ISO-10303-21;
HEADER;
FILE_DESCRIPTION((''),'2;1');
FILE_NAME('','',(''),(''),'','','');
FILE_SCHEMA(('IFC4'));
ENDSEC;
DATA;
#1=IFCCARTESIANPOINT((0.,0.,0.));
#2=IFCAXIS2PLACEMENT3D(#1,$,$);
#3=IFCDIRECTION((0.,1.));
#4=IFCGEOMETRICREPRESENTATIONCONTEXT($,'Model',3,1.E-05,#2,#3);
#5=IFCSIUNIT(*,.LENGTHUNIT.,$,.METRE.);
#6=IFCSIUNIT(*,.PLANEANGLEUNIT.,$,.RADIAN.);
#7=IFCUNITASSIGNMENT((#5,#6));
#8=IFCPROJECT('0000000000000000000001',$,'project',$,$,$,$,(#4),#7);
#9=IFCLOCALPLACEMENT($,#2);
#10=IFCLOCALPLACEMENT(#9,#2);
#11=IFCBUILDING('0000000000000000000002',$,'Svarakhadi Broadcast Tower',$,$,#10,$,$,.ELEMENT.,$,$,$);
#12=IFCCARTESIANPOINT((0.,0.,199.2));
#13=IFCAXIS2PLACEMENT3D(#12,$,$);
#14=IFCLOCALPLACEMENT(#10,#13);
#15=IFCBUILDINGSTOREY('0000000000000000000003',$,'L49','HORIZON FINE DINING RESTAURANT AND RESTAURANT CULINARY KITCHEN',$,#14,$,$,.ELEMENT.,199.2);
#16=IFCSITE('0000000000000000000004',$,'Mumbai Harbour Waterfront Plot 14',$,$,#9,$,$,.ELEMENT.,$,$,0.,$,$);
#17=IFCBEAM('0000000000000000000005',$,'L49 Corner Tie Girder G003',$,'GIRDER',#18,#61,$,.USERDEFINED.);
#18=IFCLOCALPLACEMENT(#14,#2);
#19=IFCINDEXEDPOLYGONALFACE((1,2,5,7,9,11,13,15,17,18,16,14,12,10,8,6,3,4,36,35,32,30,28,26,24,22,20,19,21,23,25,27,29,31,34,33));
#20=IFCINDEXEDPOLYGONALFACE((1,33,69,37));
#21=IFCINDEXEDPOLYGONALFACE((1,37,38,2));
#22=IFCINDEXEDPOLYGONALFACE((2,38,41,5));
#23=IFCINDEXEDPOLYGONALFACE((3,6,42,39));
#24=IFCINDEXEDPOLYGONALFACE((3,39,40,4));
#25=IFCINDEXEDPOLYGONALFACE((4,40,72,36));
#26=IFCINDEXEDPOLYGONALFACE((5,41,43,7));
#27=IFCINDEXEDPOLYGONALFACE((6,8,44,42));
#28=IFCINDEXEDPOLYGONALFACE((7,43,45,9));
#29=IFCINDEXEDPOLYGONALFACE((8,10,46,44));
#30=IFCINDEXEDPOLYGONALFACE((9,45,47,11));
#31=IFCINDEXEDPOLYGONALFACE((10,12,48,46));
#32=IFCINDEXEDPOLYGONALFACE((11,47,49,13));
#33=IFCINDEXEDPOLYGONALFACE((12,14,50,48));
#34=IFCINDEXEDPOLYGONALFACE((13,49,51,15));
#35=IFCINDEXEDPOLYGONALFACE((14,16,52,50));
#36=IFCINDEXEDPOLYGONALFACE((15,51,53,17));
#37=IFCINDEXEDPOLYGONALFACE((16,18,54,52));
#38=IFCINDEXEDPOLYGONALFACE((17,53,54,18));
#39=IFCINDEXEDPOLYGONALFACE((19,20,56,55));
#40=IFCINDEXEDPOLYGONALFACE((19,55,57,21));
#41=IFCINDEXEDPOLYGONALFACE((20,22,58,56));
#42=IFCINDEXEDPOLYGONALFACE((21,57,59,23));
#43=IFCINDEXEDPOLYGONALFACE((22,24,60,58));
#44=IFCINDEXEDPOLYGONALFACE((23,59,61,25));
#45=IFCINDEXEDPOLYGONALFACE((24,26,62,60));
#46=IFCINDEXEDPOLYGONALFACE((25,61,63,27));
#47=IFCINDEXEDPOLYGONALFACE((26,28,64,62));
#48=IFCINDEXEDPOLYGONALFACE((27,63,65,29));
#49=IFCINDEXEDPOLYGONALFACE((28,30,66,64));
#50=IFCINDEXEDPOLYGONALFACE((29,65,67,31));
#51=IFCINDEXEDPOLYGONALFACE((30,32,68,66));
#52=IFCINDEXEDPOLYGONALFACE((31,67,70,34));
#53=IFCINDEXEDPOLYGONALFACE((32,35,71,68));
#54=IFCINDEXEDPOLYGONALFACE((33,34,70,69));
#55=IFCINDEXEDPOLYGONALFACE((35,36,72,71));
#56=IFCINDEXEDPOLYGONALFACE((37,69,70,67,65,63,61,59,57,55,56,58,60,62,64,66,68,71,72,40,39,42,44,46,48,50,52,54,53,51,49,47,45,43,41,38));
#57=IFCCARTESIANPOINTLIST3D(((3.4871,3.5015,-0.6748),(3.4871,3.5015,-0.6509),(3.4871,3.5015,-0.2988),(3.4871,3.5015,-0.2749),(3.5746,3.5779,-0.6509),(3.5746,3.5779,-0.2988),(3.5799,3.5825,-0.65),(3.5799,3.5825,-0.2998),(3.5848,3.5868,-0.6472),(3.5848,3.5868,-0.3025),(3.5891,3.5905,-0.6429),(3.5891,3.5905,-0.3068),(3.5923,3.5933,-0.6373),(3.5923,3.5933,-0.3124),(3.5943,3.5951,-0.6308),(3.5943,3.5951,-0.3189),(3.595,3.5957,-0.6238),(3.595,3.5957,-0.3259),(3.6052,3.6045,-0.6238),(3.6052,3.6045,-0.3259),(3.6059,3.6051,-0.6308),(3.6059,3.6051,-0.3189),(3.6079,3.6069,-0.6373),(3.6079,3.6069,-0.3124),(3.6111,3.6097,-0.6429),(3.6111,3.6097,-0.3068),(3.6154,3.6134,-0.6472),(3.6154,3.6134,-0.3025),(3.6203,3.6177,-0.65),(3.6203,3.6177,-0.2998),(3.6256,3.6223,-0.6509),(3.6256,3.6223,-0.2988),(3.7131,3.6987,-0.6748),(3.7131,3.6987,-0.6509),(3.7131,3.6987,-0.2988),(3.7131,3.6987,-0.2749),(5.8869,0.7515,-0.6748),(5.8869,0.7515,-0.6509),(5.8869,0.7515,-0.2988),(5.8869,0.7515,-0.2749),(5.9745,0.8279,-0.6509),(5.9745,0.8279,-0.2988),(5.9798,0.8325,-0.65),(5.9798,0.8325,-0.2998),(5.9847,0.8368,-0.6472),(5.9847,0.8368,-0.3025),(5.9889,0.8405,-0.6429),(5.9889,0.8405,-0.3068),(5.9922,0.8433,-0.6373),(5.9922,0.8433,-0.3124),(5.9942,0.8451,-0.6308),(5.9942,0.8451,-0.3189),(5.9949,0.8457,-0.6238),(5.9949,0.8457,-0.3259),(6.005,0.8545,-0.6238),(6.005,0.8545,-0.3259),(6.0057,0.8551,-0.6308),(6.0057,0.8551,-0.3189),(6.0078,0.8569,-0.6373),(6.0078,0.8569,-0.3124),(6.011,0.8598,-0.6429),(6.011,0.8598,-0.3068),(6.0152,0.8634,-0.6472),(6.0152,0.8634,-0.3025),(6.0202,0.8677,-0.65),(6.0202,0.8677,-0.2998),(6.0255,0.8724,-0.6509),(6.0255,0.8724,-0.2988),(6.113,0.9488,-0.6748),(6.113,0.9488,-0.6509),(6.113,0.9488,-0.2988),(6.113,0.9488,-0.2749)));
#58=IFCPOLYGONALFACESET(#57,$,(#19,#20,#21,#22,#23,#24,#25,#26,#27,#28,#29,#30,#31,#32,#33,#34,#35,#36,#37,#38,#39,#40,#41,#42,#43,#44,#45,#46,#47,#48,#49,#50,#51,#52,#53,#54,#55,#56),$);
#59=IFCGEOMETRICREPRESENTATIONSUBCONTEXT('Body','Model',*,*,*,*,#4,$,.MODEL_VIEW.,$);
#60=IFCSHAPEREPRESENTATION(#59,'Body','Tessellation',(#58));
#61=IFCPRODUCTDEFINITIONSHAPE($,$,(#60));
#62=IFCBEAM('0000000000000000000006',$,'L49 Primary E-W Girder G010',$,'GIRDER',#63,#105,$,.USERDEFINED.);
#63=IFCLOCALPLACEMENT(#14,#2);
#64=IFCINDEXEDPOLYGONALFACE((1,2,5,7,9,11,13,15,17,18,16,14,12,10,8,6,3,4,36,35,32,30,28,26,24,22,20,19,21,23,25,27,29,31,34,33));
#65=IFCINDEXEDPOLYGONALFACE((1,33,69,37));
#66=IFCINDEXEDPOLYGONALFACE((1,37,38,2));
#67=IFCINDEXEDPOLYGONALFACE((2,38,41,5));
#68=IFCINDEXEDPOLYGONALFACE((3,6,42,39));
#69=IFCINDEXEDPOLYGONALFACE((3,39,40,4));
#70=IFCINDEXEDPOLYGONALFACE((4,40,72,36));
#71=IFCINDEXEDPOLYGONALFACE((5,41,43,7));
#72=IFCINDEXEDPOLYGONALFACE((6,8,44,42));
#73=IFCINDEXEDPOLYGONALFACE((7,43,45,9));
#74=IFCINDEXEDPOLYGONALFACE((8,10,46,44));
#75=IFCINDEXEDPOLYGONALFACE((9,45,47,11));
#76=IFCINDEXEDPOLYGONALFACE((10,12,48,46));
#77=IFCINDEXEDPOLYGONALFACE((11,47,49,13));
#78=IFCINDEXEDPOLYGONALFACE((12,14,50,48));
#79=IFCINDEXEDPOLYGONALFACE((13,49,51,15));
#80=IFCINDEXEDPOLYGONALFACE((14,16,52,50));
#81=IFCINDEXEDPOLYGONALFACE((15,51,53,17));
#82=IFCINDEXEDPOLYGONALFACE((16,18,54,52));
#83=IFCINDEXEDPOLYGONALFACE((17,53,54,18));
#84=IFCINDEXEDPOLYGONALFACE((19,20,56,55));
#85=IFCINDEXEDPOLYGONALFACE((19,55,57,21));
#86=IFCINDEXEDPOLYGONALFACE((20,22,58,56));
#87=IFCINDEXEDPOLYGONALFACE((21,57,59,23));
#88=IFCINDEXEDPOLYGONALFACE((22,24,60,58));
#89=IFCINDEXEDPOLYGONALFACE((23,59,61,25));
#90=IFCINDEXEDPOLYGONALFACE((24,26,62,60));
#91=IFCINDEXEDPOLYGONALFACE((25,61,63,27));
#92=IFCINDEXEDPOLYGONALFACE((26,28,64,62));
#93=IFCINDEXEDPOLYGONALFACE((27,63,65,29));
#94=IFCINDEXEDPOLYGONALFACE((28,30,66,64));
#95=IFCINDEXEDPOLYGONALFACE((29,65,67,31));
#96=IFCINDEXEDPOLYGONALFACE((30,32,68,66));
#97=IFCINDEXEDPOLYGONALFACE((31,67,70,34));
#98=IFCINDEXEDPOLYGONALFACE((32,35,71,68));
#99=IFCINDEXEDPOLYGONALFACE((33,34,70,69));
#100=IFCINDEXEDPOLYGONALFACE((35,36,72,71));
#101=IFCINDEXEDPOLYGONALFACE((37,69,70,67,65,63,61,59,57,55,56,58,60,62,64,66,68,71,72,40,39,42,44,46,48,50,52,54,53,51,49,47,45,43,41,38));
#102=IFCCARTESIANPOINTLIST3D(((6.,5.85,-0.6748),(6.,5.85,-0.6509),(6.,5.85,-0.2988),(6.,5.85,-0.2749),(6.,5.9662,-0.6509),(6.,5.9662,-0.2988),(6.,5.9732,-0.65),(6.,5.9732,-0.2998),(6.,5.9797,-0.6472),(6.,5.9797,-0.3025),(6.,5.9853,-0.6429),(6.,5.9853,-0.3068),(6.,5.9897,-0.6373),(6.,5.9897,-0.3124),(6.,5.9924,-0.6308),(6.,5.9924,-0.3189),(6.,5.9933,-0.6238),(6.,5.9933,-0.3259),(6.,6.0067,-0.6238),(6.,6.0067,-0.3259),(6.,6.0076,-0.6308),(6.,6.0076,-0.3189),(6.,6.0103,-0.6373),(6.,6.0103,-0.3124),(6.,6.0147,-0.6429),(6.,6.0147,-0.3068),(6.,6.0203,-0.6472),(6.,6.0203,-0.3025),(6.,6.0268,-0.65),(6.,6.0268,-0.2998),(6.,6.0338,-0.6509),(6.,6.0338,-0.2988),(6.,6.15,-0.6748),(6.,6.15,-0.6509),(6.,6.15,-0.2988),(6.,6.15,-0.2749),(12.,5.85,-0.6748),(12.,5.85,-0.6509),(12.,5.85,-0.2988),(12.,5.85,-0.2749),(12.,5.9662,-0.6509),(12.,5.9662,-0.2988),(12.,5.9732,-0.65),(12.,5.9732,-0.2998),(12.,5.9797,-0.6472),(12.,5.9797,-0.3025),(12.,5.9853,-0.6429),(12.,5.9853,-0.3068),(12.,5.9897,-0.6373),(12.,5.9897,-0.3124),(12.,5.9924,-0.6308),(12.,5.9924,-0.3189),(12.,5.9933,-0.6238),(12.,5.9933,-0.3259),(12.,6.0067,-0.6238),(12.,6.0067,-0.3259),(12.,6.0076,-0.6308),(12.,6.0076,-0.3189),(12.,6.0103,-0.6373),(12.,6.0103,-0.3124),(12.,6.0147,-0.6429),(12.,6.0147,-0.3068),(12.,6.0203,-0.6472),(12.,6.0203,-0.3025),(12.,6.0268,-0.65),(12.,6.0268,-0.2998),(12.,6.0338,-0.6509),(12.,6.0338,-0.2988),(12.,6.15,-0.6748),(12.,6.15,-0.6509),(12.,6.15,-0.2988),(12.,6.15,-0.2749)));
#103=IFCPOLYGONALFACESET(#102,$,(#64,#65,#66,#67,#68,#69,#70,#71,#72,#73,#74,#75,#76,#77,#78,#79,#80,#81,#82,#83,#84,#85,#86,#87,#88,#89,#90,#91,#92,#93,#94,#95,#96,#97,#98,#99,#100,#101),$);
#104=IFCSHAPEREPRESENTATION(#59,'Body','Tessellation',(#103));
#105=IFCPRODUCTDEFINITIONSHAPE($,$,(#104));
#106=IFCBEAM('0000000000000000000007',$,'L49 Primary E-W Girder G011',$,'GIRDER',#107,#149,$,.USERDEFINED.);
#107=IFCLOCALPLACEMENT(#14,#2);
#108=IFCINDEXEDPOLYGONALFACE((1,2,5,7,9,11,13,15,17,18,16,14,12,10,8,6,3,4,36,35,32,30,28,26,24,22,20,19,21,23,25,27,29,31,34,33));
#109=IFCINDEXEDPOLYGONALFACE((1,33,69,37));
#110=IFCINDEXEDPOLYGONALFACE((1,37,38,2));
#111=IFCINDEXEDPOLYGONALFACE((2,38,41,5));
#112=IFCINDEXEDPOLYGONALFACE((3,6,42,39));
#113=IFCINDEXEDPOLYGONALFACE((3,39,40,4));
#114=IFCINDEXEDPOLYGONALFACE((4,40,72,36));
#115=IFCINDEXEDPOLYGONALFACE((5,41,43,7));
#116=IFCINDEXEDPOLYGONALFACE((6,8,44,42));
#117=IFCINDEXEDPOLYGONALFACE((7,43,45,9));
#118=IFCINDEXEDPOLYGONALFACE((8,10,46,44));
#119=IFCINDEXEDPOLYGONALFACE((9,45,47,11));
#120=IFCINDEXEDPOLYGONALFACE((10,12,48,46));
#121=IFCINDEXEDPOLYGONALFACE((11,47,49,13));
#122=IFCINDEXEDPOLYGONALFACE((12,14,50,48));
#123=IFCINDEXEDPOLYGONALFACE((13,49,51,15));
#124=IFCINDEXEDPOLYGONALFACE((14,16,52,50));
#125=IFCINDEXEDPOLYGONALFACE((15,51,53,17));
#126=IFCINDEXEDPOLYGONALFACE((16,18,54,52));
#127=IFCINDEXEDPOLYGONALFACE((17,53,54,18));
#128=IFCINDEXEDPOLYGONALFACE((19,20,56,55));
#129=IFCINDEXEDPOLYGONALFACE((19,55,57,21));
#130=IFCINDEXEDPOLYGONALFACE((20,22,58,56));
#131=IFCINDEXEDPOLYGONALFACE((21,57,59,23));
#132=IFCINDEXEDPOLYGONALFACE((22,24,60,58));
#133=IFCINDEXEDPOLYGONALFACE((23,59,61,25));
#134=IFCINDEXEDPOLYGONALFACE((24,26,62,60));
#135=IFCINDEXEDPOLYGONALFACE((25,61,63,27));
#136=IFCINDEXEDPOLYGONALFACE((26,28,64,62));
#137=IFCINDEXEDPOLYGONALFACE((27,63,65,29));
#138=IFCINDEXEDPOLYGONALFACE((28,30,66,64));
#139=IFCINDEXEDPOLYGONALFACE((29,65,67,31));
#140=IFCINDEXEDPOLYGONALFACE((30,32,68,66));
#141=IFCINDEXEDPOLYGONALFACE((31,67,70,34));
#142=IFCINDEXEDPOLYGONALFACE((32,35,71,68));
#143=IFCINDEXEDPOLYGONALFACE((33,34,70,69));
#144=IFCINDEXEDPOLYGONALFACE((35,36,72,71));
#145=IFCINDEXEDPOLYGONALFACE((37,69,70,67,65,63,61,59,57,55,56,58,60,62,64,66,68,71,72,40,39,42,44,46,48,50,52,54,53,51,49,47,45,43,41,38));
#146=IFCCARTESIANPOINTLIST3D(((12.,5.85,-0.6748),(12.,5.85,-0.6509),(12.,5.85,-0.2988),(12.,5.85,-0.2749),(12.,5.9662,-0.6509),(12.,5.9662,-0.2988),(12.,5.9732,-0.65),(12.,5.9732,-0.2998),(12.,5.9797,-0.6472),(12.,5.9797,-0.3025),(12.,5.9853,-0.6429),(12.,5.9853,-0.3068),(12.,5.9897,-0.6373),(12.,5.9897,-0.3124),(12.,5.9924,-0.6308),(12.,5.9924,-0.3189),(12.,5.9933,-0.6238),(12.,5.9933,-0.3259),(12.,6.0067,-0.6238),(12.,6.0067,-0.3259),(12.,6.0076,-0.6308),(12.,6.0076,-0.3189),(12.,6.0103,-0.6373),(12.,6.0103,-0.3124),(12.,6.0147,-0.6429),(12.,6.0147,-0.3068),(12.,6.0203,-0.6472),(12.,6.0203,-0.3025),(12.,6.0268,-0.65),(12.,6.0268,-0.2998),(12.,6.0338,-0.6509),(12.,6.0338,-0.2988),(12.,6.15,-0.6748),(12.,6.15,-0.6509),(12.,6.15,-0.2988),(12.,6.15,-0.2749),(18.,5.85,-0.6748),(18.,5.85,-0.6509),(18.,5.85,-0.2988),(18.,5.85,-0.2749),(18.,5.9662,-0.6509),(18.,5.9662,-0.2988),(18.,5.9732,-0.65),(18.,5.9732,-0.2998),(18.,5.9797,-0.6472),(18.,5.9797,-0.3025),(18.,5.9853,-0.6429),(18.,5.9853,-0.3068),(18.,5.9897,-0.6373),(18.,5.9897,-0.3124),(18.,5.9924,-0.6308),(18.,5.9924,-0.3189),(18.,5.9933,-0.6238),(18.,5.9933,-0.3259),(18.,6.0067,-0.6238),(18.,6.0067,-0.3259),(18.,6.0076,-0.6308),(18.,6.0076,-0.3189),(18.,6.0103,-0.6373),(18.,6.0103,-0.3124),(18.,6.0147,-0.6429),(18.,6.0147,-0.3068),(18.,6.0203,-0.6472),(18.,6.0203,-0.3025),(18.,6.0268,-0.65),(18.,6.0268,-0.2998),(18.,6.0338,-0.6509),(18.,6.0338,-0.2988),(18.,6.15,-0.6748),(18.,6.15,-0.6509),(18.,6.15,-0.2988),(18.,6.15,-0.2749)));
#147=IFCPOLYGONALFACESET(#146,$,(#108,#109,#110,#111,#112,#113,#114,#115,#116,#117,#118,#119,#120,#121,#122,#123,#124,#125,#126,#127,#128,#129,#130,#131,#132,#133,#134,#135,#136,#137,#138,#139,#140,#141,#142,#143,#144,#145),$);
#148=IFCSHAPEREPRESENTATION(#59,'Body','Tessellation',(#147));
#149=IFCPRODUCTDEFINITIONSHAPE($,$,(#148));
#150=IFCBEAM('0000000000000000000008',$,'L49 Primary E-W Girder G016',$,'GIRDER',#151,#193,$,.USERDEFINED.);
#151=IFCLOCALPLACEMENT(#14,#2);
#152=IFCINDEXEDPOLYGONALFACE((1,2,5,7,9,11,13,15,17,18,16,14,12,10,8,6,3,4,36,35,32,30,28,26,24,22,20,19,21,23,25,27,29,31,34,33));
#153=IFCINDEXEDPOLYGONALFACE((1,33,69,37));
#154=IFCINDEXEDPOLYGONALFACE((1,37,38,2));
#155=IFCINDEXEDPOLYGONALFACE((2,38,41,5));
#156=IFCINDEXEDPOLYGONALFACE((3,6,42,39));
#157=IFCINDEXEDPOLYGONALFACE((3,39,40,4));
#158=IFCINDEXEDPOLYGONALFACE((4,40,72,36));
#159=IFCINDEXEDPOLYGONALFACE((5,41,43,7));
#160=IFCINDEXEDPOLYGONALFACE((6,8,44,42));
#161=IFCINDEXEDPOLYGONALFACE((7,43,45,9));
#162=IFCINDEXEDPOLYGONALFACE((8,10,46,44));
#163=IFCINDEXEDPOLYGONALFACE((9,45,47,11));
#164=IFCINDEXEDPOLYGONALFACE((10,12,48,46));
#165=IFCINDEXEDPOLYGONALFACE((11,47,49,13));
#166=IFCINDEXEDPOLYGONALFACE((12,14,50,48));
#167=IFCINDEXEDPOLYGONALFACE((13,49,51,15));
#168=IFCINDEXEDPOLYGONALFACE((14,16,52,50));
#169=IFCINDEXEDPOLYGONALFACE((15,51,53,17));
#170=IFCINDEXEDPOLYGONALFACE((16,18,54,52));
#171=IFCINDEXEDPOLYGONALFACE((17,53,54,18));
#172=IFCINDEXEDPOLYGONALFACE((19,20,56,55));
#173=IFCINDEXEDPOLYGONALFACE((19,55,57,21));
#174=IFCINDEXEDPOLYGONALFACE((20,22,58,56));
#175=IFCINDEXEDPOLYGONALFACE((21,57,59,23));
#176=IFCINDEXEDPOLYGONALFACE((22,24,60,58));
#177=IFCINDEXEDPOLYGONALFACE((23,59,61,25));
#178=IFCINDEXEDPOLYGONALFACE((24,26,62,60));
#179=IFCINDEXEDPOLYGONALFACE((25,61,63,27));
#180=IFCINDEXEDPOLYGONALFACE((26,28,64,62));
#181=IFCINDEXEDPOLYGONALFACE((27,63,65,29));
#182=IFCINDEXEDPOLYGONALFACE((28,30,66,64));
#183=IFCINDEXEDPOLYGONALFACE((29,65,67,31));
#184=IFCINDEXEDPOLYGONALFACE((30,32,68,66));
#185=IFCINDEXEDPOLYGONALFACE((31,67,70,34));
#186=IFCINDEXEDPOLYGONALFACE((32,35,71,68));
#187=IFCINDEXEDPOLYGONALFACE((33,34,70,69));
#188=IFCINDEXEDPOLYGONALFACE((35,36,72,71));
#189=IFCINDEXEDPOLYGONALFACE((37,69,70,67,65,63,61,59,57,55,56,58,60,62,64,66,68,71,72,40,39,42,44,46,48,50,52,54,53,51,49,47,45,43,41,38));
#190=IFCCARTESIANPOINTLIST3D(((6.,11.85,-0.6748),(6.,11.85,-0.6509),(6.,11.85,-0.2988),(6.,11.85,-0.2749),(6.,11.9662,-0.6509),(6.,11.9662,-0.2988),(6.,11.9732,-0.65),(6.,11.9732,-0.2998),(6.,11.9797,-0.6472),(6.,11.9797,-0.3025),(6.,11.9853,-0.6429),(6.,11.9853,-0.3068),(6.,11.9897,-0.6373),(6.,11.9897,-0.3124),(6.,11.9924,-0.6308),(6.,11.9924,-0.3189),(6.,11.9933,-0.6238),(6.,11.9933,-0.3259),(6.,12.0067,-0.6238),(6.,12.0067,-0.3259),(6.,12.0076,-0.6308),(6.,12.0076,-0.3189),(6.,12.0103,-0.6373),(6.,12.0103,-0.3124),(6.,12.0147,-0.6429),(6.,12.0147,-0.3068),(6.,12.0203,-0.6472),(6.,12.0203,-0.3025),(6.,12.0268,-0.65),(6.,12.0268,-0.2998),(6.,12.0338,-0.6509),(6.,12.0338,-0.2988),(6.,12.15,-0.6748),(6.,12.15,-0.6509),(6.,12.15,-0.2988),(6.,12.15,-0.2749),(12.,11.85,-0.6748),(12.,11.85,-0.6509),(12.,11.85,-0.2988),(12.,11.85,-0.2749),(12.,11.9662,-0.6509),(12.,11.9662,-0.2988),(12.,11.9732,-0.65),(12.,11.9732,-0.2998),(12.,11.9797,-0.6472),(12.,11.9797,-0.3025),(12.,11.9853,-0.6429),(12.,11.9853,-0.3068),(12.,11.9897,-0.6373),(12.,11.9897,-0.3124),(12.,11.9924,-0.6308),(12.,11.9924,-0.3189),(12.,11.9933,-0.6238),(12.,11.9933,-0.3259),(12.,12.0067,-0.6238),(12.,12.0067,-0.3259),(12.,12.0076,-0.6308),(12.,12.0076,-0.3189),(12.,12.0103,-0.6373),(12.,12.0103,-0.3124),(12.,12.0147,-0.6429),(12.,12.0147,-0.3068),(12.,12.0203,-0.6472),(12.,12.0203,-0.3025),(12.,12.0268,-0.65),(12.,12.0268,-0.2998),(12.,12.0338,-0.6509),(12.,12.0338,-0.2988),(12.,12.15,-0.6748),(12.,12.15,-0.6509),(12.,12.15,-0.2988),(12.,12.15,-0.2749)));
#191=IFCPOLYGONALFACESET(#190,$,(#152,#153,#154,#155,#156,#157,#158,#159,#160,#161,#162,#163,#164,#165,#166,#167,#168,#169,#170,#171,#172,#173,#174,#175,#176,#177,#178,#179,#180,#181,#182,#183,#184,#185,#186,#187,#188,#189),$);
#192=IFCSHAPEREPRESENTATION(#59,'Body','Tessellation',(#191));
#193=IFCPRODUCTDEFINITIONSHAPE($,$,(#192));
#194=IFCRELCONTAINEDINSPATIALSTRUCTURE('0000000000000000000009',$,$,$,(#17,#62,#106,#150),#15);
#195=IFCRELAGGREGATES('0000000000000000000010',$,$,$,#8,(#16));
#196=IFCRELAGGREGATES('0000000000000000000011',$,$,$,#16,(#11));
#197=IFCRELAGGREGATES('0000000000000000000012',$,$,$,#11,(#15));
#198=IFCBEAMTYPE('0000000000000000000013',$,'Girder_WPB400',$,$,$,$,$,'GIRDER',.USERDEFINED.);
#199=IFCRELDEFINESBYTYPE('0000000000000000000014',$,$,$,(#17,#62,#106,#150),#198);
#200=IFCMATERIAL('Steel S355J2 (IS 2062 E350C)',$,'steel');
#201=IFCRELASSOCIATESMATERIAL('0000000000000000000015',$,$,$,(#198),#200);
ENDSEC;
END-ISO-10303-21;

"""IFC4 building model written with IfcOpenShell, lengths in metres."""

from ifc_helpers import new_model, si_unit, direction, frame, origin, origin_2d, place, context, subcontext, project, spatial, i_section, extrude, material, material_profile, profile_set, type_object, element, save


model = new_model("IFC4")

# Units and contexts
model_context = context("Model", 3, precision=1e-05, world=origin(), true_north=direction((0.0, 1.0)))
body_context = subcontext(model_context, "Body", "Model", "MODEL_VIEW")
ifc_project = project(units=[si_unit("LENGTHUNIT", "METRE"), si_unit("PLANEANGLEUNIT", "RADIAN")], contexts=[model_context])

# Site, building, storey
site_placement = place(None, origin())
site = spatial("IfcSite", under=ifc_project, at=site_placement, Name="Mumbai Harbour Waterfront Plot 14", CompositionType="ELEMENT", RefElevation=0.0)
building_placement = place(site_placement, origin())
building = spatial("IfcBuilding", under=site, at=building_placement, Name="Svarakhadi Broadcast Tower", CompositionType="ELEMENT")
storey_placement = place(building_placement, frame((0.0, 0.0, 199.2)))
storey = spatial("IfcBuildingStorey", under=building, at=storey_placement, Name="L49", Description="HORIZON FINE DINING RESTAURANT AND RESTAURANT CULINARY KITCHEN", CompositionType="ELEMENT", Elevation=199.2)

# Beams
ifc_material_1 = material(Name="Steel S355J2 (IS 2062 E350C)", Category="steel")
ifc_material_profile_1 = material_profile(ifc_material_1, i_section(OverallWidth=0.3, OverallDepth=0.3999, WebThickness=0.0134, FlangeThickness=0.0239, FilletRadius=0.0271, at=origin_2d()), Name="WPB 400x300x155")
ifc_profile_set_1 = profile_set([ifc_material_profile_1], Name="Steel S355J2 (IS 2062 E350C)")
beam_type_1 = type_object("IfcBeamType", Name="Girder_WPB400", ElementType="GIRDER", PredefinedType="USERDEFINED", material=ifc_profile_set_1)
for number, where, z_axis, x_axis, name in (
    (1, (3.6001, 3.6001, -0.4749), (0.657519, -0.753438, 0.0), (0.753438, 0.657519, 0.0), "L49 Corner Tie Girder G003"),
):
    element("IfcBeam", number, at=place(storey_placement, frame(where, z_axis=z_axis, x_axis=x_axis)), inside=storey, type_object=beam_type_1, Name=name, ObjectType="GIRDER", PredefinedType="USERDEFINED", context=body_context, shape_type="SweptSolid", body=[
        extrude(i_section(OverallWidth=0.3, OverallDepth=0.3999, WebThickness=0.0134, FlangeThickness=0.0239, FilletRadius=0.0271, at=origin_2d()), origin(), (0.0, 0.0, 1.0), 3.6499),
    ])
for number, where, z_axis, x_axis, name in (
    (2, (6.0, 6.0, -0.4749), (1.0, 0.0, 0.0), (0.0, 1.0, 0.0), "L49 Primary E-W Girder G010"),
    (3, (12.0, 6.0, -0.4749), (1.0, 0.0, 0.0), (0.0, 1.0, 0.0), "L49 Primary E-W Girder G011"),
    (4, (6.0, 12.0, -0.4749), (1.0, 0.0, 0.0), (0.0, 1.0, 0.0), "L49 Primary E-W Girder G016"),
):
    element("IfcBeam", number, at=place(storey_placement, frame(where, z_axis=z_axis, x_axis=x_axis)), inside=storey, type_object=beam_type_1, Name=name, ObjectType="GIRDER", PredefinedType="USERDEFINED", context=body_context, shape_type="SweptSolid", body=[
        extrude(i_section(OverallWidth=0.3, OverallDepth=0.3999, WebThickness=0.0134, FlangeThickness=0.0239, FilletRadius=0.0271, at=origin_2d()), origin(), (0.0, 0.0, 1.0), 6.0),
    ])

save(model, "model.ifc")
